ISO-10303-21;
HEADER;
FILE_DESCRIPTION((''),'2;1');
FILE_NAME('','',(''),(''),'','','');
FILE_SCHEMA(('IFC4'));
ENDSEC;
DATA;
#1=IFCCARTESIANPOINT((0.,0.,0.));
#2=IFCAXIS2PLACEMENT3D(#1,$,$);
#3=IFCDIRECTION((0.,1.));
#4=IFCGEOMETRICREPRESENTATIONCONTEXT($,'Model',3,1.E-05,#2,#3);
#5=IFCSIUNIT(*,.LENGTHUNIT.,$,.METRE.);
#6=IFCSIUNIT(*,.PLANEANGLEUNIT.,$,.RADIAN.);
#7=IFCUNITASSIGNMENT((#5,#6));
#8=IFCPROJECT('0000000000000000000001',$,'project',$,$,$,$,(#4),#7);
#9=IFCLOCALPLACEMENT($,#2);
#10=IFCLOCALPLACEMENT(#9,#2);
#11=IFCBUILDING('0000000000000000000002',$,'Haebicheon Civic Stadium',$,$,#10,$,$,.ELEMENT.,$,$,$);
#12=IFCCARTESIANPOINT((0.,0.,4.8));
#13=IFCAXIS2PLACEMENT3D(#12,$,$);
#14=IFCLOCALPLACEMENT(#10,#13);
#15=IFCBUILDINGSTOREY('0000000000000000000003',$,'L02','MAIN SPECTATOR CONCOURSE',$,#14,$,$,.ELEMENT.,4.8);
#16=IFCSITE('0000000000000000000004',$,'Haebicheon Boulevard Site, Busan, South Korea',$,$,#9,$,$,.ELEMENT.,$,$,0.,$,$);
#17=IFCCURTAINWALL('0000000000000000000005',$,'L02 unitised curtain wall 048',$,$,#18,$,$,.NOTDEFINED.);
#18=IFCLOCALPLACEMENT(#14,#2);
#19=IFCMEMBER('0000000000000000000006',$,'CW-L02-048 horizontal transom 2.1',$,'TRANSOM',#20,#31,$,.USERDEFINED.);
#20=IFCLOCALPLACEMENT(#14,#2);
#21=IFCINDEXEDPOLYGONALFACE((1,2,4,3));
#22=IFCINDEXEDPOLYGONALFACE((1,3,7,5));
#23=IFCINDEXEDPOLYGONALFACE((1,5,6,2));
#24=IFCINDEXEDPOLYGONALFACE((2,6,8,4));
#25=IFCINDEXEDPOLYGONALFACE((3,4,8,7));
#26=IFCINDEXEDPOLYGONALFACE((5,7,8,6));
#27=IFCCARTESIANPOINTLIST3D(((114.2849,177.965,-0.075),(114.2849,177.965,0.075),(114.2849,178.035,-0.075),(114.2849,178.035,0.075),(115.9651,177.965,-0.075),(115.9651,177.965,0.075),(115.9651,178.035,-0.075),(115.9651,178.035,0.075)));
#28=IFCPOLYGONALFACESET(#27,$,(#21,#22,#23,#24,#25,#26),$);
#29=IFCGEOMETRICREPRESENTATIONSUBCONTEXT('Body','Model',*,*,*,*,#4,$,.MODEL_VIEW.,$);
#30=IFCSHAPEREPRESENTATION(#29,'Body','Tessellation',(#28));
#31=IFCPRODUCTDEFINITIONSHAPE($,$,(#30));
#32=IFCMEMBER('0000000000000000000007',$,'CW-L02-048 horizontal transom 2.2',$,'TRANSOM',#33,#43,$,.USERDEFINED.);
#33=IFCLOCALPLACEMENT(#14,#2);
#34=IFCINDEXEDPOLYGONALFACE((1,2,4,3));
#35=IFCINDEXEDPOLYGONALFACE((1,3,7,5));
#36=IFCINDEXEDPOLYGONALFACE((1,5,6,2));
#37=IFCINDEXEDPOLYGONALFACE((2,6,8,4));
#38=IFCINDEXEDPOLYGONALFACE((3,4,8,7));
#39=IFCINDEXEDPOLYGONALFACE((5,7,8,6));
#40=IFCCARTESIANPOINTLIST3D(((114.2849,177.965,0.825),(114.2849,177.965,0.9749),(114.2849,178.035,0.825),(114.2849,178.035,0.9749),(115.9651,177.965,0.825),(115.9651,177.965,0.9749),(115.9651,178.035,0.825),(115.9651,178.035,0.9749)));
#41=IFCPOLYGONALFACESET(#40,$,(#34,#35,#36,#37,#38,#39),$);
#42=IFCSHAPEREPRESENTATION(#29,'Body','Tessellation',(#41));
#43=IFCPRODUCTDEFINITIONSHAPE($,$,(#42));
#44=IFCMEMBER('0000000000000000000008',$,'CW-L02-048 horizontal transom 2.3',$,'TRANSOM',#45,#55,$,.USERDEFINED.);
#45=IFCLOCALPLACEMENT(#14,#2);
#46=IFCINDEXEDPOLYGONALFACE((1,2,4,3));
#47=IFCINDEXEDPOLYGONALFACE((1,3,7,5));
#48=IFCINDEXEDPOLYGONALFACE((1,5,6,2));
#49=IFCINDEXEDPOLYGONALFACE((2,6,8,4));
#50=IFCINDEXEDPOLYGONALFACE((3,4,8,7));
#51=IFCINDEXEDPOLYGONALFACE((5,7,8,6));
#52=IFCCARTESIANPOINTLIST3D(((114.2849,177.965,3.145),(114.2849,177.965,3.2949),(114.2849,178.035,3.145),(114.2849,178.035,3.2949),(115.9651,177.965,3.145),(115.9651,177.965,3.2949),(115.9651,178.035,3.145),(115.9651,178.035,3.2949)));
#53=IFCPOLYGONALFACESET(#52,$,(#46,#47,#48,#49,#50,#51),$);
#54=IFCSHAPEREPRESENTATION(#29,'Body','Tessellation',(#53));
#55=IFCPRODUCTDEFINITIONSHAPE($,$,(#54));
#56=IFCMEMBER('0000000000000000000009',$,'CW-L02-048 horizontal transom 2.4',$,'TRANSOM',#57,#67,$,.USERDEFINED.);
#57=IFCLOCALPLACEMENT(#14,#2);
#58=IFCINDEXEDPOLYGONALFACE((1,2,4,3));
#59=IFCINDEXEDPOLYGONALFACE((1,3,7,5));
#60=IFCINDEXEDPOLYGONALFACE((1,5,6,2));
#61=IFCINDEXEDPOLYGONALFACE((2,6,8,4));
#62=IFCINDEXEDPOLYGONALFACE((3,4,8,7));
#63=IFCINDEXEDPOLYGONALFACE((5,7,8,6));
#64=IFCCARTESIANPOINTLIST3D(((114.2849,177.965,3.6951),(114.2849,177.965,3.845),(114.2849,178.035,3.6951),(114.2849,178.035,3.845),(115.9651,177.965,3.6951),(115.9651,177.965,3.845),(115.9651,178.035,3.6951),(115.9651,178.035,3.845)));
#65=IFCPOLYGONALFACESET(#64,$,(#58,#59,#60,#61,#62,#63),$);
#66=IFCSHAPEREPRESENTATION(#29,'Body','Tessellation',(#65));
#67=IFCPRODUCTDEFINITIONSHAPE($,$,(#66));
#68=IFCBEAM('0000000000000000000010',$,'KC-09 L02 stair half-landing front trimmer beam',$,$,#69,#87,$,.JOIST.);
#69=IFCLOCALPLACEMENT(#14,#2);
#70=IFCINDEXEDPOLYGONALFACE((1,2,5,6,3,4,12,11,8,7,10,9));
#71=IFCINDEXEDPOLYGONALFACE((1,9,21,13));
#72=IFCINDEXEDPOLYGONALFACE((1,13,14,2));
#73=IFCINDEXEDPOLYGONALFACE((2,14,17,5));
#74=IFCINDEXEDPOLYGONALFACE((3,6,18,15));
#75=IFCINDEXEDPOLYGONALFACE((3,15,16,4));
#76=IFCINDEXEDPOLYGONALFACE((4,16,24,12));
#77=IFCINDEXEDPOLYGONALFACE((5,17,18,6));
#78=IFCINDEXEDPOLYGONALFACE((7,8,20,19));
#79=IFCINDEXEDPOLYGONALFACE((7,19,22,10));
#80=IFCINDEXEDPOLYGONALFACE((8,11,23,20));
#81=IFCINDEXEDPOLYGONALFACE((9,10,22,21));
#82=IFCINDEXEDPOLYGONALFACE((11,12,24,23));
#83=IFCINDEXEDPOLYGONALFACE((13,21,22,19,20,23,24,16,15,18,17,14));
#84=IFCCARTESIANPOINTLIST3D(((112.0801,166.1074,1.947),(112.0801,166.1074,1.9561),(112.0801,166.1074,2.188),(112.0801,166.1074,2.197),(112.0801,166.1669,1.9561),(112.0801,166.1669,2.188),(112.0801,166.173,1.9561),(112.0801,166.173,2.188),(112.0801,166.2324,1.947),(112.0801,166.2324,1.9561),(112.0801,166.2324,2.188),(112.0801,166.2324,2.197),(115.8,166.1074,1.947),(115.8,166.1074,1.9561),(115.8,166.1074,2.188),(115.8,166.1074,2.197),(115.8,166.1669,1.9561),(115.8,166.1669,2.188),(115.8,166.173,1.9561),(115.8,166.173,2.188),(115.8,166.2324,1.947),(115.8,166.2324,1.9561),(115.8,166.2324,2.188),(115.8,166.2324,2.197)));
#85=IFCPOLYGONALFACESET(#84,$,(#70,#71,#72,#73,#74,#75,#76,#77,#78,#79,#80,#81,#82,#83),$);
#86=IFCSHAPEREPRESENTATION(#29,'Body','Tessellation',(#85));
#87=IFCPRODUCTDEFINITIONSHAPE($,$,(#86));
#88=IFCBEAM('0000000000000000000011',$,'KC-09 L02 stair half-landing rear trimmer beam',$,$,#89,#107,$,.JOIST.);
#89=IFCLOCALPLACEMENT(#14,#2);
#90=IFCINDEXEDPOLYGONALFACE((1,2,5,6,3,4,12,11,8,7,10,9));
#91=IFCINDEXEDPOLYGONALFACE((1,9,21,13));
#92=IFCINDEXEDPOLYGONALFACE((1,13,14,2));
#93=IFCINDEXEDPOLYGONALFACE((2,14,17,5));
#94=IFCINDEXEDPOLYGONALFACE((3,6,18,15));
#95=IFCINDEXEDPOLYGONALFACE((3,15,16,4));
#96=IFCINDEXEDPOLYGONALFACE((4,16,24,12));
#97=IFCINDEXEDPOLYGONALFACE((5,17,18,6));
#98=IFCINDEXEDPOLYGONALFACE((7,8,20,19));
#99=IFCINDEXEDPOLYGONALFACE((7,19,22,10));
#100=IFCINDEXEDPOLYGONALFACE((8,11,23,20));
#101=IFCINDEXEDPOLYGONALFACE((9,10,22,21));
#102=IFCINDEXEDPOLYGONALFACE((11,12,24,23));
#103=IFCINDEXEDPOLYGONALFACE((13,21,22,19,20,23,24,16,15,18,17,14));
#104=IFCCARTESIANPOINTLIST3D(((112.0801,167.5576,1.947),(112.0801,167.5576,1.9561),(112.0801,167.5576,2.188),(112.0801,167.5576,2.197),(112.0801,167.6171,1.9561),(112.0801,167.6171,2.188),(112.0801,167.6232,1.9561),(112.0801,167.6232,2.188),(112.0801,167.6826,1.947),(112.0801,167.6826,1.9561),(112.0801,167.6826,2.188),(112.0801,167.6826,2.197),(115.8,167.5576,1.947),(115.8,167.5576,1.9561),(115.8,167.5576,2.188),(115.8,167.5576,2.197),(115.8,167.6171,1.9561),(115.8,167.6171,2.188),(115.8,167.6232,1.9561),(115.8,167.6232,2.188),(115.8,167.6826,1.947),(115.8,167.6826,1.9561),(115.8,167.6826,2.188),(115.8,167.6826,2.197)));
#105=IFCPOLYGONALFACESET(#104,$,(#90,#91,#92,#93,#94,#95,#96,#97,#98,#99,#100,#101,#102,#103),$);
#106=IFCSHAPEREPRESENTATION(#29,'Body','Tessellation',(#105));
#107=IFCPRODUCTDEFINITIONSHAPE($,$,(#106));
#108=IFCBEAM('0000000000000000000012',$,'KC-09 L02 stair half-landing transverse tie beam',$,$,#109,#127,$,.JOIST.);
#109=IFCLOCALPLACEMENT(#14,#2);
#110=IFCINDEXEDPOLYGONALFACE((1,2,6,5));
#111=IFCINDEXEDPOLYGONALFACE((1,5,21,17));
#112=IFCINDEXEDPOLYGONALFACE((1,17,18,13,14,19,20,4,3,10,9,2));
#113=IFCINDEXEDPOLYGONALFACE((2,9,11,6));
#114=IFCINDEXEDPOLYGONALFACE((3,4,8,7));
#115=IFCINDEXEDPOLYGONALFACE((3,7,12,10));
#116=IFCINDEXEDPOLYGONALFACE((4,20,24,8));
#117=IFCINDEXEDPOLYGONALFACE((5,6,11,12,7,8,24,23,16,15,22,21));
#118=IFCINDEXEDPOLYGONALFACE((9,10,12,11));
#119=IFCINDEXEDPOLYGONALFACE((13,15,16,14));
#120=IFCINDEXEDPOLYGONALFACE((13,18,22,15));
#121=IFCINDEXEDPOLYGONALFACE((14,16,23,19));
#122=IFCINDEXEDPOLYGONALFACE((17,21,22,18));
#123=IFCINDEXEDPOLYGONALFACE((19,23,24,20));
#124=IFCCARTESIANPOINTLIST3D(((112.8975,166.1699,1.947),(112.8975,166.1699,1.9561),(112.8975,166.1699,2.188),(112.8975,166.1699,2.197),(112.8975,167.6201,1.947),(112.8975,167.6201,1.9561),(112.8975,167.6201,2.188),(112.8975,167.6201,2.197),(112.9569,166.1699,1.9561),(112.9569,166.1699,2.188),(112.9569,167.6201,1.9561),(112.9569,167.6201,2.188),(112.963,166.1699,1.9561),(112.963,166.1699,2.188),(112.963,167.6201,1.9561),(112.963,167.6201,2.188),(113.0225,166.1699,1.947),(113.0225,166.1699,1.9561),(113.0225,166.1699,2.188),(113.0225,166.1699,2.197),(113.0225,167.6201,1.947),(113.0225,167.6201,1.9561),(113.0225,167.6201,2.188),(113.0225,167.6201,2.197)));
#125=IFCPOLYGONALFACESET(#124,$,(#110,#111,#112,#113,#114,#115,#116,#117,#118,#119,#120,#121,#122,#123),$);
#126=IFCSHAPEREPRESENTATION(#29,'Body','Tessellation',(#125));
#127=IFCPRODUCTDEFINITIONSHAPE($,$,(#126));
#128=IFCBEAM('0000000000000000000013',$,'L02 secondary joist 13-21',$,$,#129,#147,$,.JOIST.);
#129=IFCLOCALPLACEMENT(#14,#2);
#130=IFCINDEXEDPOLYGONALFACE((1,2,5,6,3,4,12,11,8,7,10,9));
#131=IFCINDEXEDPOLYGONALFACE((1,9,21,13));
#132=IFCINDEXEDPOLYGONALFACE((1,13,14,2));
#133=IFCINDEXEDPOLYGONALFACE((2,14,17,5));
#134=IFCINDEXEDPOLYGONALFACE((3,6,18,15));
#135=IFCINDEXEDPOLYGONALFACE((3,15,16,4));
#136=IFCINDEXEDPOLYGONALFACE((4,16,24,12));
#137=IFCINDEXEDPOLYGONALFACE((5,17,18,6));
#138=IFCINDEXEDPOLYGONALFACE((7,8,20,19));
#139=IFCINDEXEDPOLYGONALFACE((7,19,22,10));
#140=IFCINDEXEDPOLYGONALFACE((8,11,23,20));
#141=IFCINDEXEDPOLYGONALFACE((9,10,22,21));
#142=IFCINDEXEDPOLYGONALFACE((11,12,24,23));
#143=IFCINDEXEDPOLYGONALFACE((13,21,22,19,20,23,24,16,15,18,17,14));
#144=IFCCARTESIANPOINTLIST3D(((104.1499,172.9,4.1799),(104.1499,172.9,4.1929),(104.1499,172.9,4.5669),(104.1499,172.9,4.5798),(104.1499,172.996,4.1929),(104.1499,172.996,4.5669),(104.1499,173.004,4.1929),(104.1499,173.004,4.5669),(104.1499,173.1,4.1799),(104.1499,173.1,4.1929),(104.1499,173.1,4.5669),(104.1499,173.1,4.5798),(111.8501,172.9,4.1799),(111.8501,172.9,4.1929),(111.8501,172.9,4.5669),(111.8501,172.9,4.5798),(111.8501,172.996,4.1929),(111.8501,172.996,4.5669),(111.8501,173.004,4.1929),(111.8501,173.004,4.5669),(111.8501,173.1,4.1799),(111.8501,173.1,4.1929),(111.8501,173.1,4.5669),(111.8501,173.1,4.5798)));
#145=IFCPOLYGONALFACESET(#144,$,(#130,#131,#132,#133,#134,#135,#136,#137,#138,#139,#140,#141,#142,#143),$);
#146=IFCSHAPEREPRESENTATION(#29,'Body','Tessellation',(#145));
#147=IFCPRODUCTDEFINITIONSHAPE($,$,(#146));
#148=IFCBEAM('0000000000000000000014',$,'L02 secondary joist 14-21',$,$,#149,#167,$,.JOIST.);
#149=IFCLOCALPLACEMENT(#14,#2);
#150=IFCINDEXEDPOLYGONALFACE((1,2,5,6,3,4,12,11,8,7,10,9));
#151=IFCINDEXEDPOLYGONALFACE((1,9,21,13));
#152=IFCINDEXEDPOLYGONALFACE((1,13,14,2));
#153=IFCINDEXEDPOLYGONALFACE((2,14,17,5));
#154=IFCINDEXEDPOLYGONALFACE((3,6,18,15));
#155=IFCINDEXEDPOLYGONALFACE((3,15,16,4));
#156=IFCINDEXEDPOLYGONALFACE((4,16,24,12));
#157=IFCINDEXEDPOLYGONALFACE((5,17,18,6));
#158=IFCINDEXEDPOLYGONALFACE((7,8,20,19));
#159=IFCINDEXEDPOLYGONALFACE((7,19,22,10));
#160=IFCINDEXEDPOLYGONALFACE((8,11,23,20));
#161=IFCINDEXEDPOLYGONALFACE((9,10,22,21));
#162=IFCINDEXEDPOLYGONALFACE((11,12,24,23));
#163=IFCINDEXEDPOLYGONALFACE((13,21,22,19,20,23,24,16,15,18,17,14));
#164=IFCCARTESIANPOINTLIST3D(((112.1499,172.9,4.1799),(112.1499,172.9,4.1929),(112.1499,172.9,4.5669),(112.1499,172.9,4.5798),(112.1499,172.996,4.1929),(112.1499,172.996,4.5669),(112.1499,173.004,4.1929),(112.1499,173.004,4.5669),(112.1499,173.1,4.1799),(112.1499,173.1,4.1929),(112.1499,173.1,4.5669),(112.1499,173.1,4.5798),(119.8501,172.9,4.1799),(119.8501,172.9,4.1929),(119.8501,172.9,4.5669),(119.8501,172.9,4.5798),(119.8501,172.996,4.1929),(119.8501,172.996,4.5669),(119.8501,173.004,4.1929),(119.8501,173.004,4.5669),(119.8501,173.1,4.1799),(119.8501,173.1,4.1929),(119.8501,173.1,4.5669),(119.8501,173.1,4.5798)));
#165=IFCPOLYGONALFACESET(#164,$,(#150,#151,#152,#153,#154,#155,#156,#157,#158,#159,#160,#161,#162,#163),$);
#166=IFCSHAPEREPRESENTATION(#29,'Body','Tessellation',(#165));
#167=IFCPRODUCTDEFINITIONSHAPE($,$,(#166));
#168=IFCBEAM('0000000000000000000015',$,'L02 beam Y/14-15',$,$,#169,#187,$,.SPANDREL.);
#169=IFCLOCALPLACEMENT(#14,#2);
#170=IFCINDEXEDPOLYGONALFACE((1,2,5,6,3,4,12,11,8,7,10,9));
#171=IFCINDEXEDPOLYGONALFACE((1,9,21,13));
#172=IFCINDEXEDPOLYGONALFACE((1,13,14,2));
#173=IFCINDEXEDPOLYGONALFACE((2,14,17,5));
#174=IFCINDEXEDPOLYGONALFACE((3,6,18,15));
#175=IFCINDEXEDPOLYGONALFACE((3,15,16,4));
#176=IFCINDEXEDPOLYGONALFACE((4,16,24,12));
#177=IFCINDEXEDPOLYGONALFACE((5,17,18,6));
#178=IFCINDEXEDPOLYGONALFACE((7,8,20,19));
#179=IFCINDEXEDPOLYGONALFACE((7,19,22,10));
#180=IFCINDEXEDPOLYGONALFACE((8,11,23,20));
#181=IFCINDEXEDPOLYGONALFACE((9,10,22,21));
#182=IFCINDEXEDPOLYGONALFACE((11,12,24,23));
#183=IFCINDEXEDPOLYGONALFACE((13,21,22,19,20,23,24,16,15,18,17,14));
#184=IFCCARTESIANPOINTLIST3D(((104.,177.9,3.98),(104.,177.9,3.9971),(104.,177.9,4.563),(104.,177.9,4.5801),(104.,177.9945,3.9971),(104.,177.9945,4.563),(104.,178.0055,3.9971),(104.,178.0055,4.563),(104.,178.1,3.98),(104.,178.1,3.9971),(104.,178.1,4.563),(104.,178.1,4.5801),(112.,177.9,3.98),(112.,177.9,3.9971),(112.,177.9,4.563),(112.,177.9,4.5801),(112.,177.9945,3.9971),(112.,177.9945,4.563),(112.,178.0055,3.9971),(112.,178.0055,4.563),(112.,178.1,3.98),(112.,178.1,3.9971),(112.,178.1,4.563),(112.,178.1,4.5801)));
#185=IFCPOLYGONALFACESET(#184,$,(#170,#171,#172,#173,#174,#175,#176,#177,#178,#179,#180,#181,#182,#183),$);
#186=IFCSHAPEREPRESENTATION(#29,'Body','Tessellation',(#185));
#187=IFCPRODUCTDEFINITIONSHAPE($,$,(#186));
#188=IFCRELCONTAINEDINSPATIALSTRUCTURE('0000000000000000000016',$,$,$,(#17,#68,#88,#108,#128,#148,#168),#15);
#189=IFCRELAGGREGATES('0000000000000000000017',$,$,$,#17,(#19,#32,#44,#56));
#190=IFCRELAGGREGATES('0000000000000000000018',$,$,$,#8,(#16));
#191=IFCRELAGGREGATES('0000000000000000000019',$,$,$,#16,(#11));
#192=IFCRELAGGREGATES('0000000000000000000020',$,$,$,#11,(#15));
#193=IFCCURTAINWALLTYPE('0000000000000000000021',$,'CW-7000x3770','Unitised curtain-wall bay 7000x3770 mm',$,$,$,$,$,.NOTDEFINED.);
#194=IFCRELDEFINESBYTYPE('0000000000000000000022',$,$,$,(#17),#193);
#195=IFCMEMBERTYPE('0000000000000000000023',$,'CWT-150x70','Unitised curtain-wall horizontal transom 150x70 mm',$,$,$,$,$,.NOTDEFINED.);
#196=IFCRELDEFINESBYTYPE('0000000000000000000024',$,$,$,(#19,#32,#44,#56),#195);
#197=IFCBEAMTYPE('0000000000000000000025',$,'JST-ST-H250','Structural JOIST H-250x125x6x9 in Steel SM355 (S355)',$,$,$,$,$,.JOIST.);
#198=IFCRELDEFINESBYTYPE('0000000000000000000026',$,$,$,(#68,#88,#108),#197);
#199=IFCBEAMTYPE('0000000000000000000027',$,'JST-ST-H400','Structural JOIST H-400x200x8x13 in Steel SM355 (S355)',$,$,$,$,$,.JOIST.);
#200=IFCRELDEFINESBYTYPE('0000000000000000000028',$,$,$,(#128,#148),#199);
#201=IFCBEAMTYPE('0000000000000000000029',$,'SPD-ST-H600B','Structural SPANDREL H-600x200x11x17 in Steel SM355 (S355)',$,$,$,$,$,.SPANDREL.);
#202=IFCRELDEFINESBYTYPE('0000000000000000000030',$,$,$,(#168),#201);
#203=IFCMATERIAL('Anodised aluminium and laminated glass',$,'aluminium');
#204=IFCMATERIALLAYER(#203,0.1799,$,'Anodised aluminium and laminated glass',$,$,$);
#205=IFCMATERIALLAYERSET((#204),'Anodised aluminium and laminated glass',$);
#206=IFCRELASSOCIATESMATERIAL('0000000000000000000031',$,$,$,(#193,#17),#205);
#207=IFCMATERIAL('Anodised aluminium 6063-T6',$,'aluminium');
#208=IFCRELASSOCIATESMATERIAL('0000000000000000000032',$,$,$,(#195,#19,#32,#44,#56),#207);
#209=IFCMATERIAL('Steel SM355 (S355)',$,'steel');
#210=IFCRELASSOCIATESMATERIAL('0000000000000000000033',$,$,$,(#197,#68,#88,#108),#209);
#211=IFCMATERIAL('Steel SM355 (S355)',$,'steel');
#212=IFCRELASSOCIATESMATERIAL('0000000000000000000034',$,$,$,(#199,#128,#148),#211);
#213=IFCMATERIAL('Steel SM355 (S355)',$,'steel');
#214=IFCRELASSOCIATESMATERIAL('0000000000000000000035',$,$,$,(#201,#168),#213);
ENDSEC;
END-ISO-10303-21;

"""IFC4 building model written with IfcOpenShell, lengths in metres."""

from ifc_helpers import new_model, si_unit, direction, frame, origin, origin_2d, place, context, subcontext, project, spatial, rectangle, i_section, extrude, material, layer, layer_set, material_profile, profile_set, type_object, element, aggregate, save


model = new_model("IFC4")

# Units and contexts
model_context = context("Model", 3, precision=1e-05, world=origin(), true_north=direction((0.0, 1.0)))
body_context = subcontext(model_context, "Body", "Model", "MODEL_VIEW")
ifc_project = project(units=[si_unit("LENGTHUNIT", "METRE"), si_unit("PLANEANGLEUNIT", "RADIAN")], contexts=[model_context])

# Site, building, storey
site_placement = place(None, origin())
site = spatial("IfcSite", under=ifc_project, at=site_placement, Name="Haebicheon Boulevard Site, Busan, South Korea", CompositionType="ELEMENT", RefElevation=0.0)
building_placement = place(site_placement, origin())
building = spatial("IfcBuilding", under=site, at=building_placement, Name="Haebicheon Civic Stadium", CompositionType="ELEMENT")
storey_placement = place(building_placement, frame((0.0, 0.0, 4.8)))
storey = spatial("IfcBuildingStorey", under=building, at=storey_placement, Name="L02", Description="MAIN SPECTATOR CONCOURSE", CompositionType="ELEMENT", Elevation=4.8)

# Curtain wall, members
ifc_material_1 = material(Name="Anodised aluminium and laminated glass", Category="aluminium")
ifc_layer_1 = layer(ifc_material_1, 0.1799, Name="Anodised aluminium and laminated glass")
ifc_layer_set_1 = layer_set([ifc_layer_1], Name="Anodised aluminium and laminated glass")
curtain_wall_type = type_object("IfcCurtainWallType", Name="CW-7000x3770", Description="Unitised curtain-wall bay 7000x3770 mm", PredefinedType="NOTDEFINED", material=ifc_layer_set_1)
curtain_wall_placement = place(storey_placement, origin())
curtain_wall = element("IfcCurtainWall", 1, at=curtain_wall_placement, inside=storey, type_object=curtain_wall_type, material=ifc_layer_set_1, Name="L02 unitised curtain wall 048", PredefinedType="NOTDEFINED")
ifc_material_2 = material(Name="Anodised aluminium 6063-T6", Category="aluminium")
ifc_material_profile_1 = material_profile(ifc_material_2, rectangle(XDim=0.0701, YDim=0.1499, at=origin_2d()), Name="ALU-TRAN-70x150")
ifc_profile_set_1 = profile_set([ifc_material_profile_1], Name="Anodised aluminium 6063-T6")
member_type_1 = type_object("IfcMemberType", Name="CWT-150x70", Description="Unitised curtain-wall horizontal transom 150x70 mm", PredefinedType="NOTDEFINED", material=ifc_profile_set_1)
member_1_placement = place(storey_placement, frame((114.2849, 178.0, 0.0), z_axis=(1.0, 0.0, 0.0), x_axis=(0.0, 1.0, 0.0)))
member_1 = element("IfcMember", 2, at=member_1_placement, type_object=member_type_1, material=ifc_profile_set_1, Name="CW-L02-048 horizontal transom 2.1", ObjectType="TRANSOM", PredefinedType="USERDEFINED", context=body_context, shape_type="SweptSolid", body=[
    extrude(rectangle(XDim=0.0701, YDim=0.1499, at=origin_2d()), origin(), (0.0, 0.0, 1.0), 1.6802),
])
member_2_placement = place(storey_placement, frame((114.2849, 178.0, 0.8999), z_axis=(1.0, 0.0, 0.0), x_axis=(0.0, 1.0, 0.0)))
member_2 = element("IfcMember", 3, at=member_2_placement, type_object=member_type_1, material=ifc_profile_set_1, Name="CW-L02-048 horizontal transom 2.2", ObjectType="TRANSOM", PredefinedType="USERDEFINED", context=body_context, shape_type="SweptSolid", body=[
    extrude(rectangle(XDim=0.0701, YDim=0.1499, at=origin_2d()), origin(), (0.0, 0.0, 1.0), 1.6802),
])
member_3_placement = place(storey_placement, frame((114.2849, 178.0, 3.22), z_axis=(1.0, 0.0, 0.0), x_axis=(0.0, 1.0, 0.0)))
member_3 = element("IfcMember", 4, at=member_3_placement, type_object=member_type_1, material=ifc_profile_set_1, Name="CW-L02-048 horizontal transom 2.3", ObjectType="TRANSOM", PredefinedType="USERDEFINED", context=body_context, shape_type="SweptSolid", body=[
    extrude(rectangle(XDim=0.0701, YDim=0.1499, at=origin_2d()), origin(), (0.0, 0.0, 1.0), 1.6802),
])
member_4_placement = place(storey_placement, frame((114.2849, 178.0, 3.77), z_axis=(1.0, 0.0, 0.0), x_axis=(0.0, 1.0, 0.0)))
member_4 = element("IfcMember", 5, at=member_4_placement, type_object=member_type_1, material=ifc_profile_set_1, Name="CW-L02-048 horizontal transom 2.4", ObjectType="TRANSOM", PredefinedType="USERDEFINED", context=body_context, shape_type="SweptSolid", body=[
    extrude(rectangle(XDim=0.0701, YDim=0.1499, at=origin_2d()), origin(), (0.0, 0.0, 1.0), 1.6802),
])

# Beams
ifc_material_3 = material(Name="Steel SM355 (S355)", Category="steel")
ifc_material_profile_2 = material_profile(ifc_material_3, i_section(OverallWidth=0.125, OverallDepth=0.25, WebThickness=0.0061, FlangeThickness=0.009, at=origin_2d()), Name="H-250x125x6x9")
ifc_profile_set_2 = profile_set([ifc_material_profile_2], Name="Steel SM355 (S355)")
beam_type_1 = type_object("IfcBeamType", Name="JST-ST-H250", Description="Structural JOIST H-250x125x6x9 in Steel SM355 (S355)", PredefinedType="JOIST", material=ifc_profile_set_2)
for number, where, z_axis, x_axis, name in (
    (6, (112.0801, 166.1699, 2.072), (1.0, 0.0, 0.0), (0.0, 1.0, 0.0), "KC-09 L02 stair half-landing front trimmer beam"),
    (7, (112.0801, 167.6201, 2.072), (1.0, 0.0, 0.0), (0.0, 1.0, 0.0), "KC-09 L02 stair half-landing rear trimmer beam"),
):
    element("IfcBeam", number, at=place(storey_placement, frame(where, z_axis=z_axis, x_axis=x_axis)), inside=storey, type_object=beam_type_1, material=ifc_profile_set_2, Name=name, PredefinedType="JOIST", context=body_context, shape_type="SweptSolid", body=[
        extrude(i_section(OverallWidth=0.125, OverallDepth=0.25, WebThickness=0.0061, FlangeThickness=0.009, at=origin_2d()), origin(), (0.0, 0.0, 1.0), 3.72),
    ])
beam_1_placement = place(storey_placement, frame((112.96, 166.1699, 2.072), z_axis=(0.0, 1.0, 0.0), x_axis=(-1.0, 0.0, 0.0)))
element("IfcBeam", 8, at=beam_1_placement, inside=storey, type_object=beam_type_1, material=ifc_profile_set_2, Name="KC-09 L02 stair half-landing transverse tie beam", PredefinedType="JOIST", context=body_context, shape_type="SweptSolid", body=[
    extrude(i_section(OverallWidth=0.125, OverallDepth=0.25, WebThickness=0.0061, FlangeThickness=0.009, at=origin_2d()), origin(), (0.0, 0.0, 1.0), 1.4502),
])
ifc_material_4 = material(Name="Steel SM355 (S355)", Category="steel")
ifc_material_profile_3 = material_profile(ifc_material_4, i_section(OverallWidth=0.2, OverallDepth=0.3999, WebThickness=0.0081, FlangeThickness=0.0129, at=origin_2d()), Name="H-400x200x8x13")
ifc_profile_set_3 = profile_set([ifc_material_profile_3], Name="Steel SM355 (S355)")
beam_type_2 = type_object("IfcBeamType", Name="JST-ST-H400", Description="Structural JOIST H-400x200x8x13 in Steel SM355 (S355)", PredefinedType="JOIST", material=ifc_profile_set_3)
for number, where, z_axis, x_axis, name in (
    (9, (104.1499, 173.0, 4.3799), (1.0, 0.0, 0.0), (0.0, 1.0, 0.0), "L02 secondary joist 13-21"),
    (10, (112.1499, 173.0, 4.3799), (1.0, 0.0, 0.0), (0.0, 1.0, 0.0), "L02 secondary joist 14-21"),
):
    element("IfcBeam", number, at=place(storey_placement, frame(where, z_axis=z_axis, x_axis=x_axis)), inside=storey, type_object=beam_type_2, material=ifc_profile_set_3, Name=name, PredefinedType="JOIST", context=body_context, shape_type="SweptSolid", body=[
        extrude(i_section(OverallWidth=0.2, OverallDepth=0.3999, WebThickness=0.0081, FlangeThickness=0.0129, at=origin_2d()), origin(), (0.0, 0.0, 1.0), 7.7002),
    ])
ifc_material_5 = material(Name="Steel SM355 (S355)", Category="steel")
ifc_material_profile_4 = material_profile(ifc_material_5, i_section(OverallWidth=0.2, OverallDepth=0.6001, WebThickness=0.011, FlangeThickness=0.0171, at=origin_2d()), Name="H-600x200x11x17")
ifc_profile_set_4 = profile_set([ifc_material_profile_4], Name="Steel SM355 (S355)")
beam_type_3 = type_object("IfcBeamType", Name="SPD-ST-H600B", Description="Structural SPANDREL H-600x200x11x17 in Steel SM355 (S355)", PredefinedType="SPANDREL", material=ifc_profile_set_4)
for number, where, z_axis, x_axis, name in (
    (11, (104.0, 178.0, 4.28), (1.0, 0.0, 0.0), (0.0, 1.0, 0.0), "L02 beam Y/14-15"),
):
    element("IfcBeam", number, at=place(storey_placement, frame(where, z_axis=z_axis, x_axis=x_axis)), inside=storey, type_object=beam_type_3, material=ifc_profile_set_4, Name=name, PredefinedType="SPANDREL", context=body_context, shape_type="SweptSolid", body=[
        extrude(i_section(OverallWidth=0.2, OverallDepth=0.6001, WebThickness=0.011, FlangeThickness=0.0171, at=origin_2d()), origin(), (0.0, 0.0, 1.0), 8.0),
    ])

aggregate(curtain_wall, [member_1, member_2, member_3, member_4])

save(model, "model.ifc")
